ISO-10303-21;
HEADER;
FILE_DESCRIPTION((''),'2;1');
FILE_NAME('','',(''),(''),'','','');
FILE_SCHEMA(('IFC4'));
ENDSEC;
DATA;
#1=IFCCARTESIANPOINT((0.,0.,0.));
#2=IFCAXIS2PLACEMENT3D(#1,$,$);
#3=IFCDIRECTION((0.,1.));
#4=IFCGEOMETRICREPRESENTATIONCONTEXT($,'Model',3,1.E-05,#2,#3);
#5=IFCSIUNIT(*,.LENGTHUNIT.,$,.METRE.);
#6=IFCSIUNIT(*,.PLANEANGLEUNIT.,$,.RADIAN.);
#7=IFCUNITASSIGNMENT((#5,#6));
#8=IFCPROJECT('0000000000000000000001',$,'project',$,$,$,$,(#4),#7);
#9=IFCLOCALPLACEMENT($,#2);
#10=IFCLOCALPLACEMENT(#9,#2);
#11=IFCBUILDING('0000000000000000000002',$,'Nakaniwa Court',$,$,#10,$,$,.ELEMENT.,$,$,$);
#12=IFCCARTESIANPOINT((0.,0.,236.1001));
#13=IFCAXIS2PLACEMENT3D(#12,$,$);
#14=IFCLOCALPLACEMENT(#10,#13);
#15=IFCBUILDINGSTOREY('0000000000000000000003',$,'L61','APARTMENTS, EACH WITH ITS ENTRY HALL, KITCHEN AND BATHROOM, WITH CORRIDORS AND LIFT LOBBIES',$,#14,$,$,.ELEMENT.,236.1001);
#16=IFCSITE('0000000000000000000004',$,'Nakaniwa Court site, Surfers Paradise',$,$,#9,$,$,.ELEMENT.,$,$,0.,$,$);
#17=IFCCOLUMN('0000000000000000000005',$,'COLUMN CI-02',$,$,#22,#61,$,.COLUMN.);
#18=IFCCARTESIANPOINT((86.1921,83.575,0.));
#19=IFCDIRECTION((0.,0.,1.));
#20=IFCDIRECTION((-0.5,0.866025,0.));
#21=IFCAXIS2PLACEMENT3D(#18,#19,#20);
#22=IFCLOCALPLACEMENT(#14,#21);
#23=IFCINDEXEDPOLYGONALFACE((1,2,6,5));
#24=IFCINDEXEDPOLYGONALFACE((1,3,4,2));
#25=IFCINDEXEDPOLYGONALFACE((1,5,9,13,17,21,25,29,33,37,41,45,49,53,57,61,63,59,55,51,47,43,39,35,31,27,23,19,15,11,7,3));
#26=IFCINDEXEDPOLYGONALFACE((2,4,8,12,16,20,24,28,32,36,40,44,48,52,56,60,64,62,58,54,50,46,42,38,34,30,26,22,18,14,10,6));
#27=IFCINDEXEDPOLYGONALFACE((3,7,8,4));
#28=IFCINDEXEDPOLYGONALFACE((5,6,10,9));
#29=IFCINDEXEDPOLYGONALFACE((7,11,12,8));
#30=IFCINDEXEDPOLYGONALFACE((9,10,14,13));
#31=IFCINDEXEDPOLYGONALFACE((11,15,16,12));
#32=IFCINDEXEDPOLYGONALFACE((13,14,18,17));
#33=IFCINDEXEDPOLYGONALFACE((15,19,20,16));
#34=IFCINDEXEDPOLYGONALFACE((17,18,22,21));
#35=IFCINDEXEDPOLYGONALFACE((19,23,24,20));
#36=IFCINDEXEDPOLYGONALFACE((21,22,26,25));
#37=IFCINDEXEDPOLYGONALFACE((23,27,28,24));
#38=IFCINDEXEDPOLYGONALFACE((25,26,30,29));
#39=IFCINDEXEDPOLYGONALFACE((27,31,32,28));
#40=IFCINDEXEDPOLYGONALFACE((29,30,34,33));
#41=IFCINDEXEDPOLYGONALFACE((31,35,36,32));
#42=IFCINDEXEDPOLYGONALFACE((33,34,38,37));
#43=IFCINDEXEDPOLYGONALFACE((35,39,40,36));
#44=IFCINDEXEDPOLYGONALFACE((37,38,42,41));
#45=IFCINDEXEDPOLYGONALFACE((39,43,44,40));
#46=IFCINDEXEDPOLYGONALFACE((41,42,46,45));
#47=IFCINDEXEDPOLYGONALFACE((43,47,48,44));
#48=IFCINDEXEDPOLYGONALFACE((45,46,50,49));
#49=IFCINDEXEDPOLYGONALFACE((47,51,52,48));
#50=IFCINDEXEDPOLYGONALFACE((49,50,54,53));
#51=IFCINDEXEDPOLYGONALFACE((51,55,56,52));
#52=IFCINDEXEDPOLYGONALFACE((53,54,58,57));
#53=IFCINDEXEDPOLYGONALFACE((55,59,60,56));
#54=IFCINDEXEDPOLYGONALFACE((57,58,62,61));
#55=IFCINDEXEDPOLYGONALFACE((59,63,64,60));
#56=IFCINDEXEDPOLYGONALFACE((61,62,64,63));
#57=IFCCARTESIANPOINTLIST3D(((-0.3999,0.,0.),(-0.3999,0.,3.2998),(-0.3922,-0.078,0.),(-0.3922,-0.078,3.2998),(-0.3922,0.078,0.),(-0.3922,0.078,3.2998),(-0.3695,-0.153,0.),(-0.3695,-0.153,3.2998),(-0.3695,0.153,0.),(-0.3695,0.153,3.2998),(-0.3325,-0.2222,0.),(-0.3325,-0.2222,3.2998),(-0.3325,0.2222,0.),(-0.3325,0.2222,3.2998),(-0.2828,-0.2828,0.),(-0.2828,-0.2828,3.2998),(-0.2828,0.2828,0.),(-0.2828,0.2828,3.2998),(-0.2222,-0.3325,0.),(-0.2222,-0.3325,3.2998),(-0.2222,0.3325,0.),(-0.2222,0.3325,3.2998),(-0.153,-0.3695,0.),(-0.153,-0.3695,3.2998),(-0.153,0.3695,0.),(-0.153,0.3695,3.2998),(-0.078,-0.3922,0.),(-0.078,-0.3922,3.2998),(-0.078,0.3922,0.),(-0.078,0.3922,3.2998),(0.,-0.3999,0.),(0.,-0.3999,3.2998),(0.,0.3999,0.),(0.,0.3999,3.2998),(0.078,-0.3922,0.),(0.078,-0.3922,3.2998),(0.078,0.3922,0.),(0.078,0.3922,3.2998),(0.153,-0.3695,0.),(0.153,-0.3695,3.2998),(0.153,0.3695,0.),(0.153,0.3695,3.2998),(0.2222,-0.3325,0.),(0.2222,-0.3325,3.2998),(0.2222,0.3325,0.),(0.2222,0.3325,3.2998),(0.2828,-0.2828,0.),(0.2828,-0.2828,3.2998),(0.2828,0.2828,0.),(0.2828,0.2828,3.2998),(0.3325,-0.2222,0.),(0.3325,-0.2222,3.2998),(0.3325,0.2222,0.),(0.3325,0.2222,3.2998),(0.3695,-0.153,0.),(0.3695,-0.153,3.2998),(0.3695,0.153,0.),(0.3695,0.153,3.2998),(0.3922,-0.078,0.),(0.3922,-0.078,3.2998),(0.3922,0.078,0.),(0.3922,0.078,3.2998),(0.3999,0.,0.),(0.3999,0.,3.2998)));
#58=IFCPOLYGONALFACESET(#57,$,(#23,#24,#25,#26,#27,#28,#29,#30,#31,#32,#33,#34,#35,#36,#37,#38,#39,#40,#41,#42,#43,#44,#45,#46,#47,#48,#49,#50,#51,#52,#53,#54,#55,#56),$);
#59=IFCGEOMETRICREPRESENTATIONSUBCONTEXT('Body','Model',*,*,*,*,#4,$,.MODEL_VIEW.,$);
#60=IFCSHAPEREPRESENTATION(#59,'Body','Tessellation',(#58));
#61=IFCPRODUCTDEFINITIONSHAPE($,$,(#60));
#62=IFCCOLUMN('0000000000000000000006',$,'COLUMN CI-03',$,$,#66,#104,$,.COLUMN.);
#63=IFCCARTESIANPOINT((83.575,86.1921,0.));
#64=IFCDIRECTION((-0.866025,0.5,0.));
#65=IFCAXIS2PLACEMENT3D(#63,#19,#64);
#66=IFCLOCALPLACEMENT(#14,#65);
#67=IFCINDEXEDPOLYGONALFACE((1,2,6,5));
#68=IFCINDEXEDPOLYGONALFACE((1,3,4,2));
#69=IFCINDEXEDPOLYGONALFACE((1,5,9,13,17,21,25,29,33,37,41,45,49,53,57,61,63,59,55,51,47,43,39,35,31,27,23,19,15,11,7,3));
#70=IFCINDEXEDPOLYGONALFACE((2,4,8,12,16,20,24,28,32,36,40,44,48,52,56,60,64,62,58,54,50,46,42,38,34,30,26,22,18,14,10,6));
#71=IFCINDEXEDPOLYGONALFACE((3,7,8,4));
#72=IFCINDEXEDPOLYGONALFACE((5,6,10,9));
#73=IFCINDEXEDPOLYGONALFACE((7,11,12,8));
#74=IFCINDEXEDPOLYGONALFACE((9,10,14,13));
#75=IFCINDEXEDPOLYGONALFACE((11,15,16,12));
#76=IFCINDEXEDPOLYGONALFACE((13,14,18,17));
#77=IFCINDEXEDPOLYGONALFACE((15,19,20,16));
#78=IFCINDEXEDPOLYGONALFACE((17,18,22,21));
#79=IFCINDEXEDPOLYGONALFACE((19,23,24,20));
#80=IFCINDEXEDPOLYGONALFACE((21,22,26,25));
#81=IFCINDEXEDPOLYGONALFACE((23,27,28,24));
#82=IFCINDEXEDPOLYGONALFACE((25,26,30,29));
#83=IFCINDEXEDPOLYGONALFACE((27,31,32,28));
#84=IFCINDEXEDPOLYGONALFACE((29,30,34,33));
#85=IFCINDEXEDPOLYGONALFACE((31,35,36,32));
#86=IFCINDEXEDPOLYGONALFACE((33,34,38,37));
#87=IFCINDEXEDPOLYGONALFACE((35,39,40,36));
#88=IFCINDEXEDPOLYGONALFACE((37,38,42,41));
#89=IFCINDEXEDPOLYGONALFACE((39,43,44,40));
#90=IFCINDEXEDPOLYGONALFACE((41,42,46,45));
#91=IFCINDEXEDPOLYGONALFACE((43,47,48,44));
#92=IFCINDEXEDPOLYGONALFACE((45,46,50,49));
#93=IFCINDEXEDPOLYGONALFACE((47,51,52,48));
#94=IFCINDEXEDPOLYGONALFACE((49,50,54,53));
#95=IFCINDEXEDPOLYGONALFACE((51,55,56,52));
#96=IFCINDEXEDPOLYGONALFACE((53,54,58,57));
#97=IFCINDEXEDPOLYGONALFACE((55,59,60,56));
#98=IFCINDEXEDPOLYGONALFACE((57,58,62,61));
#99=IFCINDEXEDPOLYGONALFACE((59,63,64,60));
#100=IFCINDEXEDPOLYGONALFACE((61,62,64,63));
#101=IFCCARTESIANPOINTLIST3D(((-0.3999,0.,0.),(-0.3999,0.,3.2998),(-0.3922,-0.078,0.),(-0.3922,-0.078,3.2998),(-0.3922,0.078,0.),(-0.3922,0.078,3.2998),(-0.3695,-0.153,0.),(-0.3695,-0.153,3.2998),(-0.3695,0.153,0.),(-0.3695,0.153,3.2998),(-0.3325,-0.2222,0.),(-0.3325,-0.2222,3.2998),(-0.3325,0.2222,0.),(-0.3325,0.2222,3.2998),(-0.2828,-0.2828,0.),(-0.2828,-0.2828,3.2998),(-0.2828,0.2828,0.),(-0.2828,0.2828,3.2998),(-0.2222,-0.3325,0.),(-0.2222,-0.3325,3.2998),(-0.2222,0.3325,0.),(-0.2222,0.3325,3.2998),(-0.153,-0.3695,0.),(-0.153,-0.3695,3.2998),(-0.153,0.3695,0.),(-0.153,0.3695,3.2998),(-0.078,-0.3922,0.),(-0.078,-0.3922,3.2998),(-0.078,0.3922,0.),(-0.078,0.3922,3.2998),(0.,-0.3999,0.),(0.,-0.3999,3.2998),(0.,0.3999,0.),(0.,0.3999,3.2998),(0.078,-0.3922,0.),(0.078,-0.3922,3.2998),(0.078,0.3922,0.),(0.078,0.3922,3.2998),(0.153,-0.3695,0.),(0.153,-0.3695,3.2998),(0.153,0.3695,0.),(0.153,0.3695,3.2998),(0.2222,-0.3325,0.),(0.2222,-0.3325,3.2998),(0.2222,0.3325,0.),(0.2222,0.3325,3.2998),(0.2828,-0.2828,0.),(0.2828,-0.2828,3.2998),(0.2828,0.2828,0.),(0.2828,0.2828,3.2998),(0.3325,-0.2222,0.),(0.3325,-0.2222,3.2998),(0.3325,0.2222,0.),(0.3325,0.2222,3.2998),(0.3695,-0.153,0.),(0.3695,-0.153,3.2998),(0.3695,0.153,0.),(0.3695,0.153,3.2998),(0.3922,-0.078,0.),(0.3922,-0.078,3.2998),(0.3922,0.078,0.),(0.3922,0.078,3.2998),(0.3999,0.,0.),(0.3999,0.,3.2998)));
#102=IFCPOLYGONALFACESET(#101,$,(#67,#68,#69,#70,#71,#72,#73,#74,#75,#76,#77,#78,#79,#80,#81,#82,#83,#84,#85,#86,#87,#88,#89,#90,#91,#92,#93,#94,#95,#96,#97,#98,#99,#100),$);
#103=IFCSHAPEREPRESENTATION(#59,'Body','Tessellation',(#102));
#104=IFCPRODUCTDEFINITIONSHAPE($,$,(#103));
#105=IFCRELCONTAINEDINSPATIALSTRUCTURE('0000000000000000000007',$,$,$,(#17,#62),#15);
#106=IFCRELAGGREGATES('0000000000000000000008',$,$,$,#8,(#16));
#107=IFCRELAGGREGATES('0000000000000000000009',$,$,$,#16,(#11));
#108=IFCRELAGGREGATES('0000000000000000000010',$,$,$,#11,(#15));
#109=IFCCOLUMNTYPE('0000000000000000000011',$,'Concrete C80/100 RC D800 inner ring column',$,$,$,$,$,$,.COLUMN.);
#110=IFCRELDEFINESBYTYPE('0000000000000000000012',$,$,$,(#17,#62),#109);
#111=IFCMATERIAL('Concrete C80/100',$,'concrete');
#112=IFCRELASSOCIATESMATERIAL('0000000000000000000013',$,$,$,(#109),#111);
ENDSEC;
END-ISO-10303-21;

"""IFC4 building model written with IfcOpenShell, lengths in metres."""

from ifc_helpers import new_model, si_unit, direction, frame, origin, origin_2d, place, context, subcontext, project, spatial, circle, extrude, material, material_profile, profile_set, type_object, element, save


model = new_model("IFC4")

# Units and contexts
model_context = context("Model", 3, precision=1e-05, world=origin(), true_north=direction((0.0, 1.0)))
body_context = subcontext(model_context, "Body", "Model", "MODEL_VIEW")
ifc_project = project(units=[si_unit("LENGTHUNIT", "METRE"), si_unit("PLANEANGLEUNIT", "RADIAN")], contexts=[model_context])

# Site, building, storey
site_placement = place(None, origin())
site = spatial("IfcSite", under=ifc_project, at=site_placement, Name="Nakaniwa Court site, Surfers Paradise", CompositionType="ELEMENT", RefElevation=0.0)
building_placement = place(site_placement, origin())
building = spatial("IfcBuilding", under=site, at=building_placement, Name="Nakaniwa Court", CompositionType="ELEMENT")
storey_placement = place(building_placement, frame((0.0, 0.0, 236.1001)))
storey = spatial("IfcBuildingStorey", under=building, at=storey_placement, Name="L61", Description="APARTMENTS, EACH WITH ITS ENTRY HALL, KITCHEN AND BATHROOM, WITH CORRIDORS AND LIFT LOBBIES", CompositionType="ELEMENT", Elevation=236.1001)

# Columns
ifc_material_1 = material(Name="Concrete C80/100", Category="concrete")
ifc_material_profile_1 = material_profile(ifc_material_1, circle(Radius=0.3999, at=origin_2d()), Name="Concrete C80/100 RC D800 inner ring column")
ifc_profile_set_1 = profile_set([ifc_material_profile_1], Name="Concrete C80/100")
column_type_1 = type_object("IfcColumnType", Name="Concrete C80/100 RC D800 inner ring column", PredefinedType="COLUMN", material=ifc_profile_set_1)
for number, where, z_axis, x_axis, name in (
    (1, (86.1921, 83.575, 0.0), (0.0, 0.0, 1.0), (-0.5, 0.866025, 0.0), "COLUMN CI-02"),
    (2, (83.575, 86.1921, 0.0), (0.0, 0.0, 1.0), (-0.866025, 0.5, 0.0), "COLUMN CI-03"),
):
    element("IfcColumn", number, at=place(storey_placement, frame(where, z_axis=z_axis, x_axis=x_axis)), inside=storey, type_object=column_type_1, Name=name, PredefinedType="COLUMN", context=body_context, shape_type="SweptSolid", body=[
        extrude(circle(Radius=0.3999, at=origin_2d()), origin(), (0.0, 0.0, 1.0), 3.2998),
    ])

save(model, "model.ifc")
